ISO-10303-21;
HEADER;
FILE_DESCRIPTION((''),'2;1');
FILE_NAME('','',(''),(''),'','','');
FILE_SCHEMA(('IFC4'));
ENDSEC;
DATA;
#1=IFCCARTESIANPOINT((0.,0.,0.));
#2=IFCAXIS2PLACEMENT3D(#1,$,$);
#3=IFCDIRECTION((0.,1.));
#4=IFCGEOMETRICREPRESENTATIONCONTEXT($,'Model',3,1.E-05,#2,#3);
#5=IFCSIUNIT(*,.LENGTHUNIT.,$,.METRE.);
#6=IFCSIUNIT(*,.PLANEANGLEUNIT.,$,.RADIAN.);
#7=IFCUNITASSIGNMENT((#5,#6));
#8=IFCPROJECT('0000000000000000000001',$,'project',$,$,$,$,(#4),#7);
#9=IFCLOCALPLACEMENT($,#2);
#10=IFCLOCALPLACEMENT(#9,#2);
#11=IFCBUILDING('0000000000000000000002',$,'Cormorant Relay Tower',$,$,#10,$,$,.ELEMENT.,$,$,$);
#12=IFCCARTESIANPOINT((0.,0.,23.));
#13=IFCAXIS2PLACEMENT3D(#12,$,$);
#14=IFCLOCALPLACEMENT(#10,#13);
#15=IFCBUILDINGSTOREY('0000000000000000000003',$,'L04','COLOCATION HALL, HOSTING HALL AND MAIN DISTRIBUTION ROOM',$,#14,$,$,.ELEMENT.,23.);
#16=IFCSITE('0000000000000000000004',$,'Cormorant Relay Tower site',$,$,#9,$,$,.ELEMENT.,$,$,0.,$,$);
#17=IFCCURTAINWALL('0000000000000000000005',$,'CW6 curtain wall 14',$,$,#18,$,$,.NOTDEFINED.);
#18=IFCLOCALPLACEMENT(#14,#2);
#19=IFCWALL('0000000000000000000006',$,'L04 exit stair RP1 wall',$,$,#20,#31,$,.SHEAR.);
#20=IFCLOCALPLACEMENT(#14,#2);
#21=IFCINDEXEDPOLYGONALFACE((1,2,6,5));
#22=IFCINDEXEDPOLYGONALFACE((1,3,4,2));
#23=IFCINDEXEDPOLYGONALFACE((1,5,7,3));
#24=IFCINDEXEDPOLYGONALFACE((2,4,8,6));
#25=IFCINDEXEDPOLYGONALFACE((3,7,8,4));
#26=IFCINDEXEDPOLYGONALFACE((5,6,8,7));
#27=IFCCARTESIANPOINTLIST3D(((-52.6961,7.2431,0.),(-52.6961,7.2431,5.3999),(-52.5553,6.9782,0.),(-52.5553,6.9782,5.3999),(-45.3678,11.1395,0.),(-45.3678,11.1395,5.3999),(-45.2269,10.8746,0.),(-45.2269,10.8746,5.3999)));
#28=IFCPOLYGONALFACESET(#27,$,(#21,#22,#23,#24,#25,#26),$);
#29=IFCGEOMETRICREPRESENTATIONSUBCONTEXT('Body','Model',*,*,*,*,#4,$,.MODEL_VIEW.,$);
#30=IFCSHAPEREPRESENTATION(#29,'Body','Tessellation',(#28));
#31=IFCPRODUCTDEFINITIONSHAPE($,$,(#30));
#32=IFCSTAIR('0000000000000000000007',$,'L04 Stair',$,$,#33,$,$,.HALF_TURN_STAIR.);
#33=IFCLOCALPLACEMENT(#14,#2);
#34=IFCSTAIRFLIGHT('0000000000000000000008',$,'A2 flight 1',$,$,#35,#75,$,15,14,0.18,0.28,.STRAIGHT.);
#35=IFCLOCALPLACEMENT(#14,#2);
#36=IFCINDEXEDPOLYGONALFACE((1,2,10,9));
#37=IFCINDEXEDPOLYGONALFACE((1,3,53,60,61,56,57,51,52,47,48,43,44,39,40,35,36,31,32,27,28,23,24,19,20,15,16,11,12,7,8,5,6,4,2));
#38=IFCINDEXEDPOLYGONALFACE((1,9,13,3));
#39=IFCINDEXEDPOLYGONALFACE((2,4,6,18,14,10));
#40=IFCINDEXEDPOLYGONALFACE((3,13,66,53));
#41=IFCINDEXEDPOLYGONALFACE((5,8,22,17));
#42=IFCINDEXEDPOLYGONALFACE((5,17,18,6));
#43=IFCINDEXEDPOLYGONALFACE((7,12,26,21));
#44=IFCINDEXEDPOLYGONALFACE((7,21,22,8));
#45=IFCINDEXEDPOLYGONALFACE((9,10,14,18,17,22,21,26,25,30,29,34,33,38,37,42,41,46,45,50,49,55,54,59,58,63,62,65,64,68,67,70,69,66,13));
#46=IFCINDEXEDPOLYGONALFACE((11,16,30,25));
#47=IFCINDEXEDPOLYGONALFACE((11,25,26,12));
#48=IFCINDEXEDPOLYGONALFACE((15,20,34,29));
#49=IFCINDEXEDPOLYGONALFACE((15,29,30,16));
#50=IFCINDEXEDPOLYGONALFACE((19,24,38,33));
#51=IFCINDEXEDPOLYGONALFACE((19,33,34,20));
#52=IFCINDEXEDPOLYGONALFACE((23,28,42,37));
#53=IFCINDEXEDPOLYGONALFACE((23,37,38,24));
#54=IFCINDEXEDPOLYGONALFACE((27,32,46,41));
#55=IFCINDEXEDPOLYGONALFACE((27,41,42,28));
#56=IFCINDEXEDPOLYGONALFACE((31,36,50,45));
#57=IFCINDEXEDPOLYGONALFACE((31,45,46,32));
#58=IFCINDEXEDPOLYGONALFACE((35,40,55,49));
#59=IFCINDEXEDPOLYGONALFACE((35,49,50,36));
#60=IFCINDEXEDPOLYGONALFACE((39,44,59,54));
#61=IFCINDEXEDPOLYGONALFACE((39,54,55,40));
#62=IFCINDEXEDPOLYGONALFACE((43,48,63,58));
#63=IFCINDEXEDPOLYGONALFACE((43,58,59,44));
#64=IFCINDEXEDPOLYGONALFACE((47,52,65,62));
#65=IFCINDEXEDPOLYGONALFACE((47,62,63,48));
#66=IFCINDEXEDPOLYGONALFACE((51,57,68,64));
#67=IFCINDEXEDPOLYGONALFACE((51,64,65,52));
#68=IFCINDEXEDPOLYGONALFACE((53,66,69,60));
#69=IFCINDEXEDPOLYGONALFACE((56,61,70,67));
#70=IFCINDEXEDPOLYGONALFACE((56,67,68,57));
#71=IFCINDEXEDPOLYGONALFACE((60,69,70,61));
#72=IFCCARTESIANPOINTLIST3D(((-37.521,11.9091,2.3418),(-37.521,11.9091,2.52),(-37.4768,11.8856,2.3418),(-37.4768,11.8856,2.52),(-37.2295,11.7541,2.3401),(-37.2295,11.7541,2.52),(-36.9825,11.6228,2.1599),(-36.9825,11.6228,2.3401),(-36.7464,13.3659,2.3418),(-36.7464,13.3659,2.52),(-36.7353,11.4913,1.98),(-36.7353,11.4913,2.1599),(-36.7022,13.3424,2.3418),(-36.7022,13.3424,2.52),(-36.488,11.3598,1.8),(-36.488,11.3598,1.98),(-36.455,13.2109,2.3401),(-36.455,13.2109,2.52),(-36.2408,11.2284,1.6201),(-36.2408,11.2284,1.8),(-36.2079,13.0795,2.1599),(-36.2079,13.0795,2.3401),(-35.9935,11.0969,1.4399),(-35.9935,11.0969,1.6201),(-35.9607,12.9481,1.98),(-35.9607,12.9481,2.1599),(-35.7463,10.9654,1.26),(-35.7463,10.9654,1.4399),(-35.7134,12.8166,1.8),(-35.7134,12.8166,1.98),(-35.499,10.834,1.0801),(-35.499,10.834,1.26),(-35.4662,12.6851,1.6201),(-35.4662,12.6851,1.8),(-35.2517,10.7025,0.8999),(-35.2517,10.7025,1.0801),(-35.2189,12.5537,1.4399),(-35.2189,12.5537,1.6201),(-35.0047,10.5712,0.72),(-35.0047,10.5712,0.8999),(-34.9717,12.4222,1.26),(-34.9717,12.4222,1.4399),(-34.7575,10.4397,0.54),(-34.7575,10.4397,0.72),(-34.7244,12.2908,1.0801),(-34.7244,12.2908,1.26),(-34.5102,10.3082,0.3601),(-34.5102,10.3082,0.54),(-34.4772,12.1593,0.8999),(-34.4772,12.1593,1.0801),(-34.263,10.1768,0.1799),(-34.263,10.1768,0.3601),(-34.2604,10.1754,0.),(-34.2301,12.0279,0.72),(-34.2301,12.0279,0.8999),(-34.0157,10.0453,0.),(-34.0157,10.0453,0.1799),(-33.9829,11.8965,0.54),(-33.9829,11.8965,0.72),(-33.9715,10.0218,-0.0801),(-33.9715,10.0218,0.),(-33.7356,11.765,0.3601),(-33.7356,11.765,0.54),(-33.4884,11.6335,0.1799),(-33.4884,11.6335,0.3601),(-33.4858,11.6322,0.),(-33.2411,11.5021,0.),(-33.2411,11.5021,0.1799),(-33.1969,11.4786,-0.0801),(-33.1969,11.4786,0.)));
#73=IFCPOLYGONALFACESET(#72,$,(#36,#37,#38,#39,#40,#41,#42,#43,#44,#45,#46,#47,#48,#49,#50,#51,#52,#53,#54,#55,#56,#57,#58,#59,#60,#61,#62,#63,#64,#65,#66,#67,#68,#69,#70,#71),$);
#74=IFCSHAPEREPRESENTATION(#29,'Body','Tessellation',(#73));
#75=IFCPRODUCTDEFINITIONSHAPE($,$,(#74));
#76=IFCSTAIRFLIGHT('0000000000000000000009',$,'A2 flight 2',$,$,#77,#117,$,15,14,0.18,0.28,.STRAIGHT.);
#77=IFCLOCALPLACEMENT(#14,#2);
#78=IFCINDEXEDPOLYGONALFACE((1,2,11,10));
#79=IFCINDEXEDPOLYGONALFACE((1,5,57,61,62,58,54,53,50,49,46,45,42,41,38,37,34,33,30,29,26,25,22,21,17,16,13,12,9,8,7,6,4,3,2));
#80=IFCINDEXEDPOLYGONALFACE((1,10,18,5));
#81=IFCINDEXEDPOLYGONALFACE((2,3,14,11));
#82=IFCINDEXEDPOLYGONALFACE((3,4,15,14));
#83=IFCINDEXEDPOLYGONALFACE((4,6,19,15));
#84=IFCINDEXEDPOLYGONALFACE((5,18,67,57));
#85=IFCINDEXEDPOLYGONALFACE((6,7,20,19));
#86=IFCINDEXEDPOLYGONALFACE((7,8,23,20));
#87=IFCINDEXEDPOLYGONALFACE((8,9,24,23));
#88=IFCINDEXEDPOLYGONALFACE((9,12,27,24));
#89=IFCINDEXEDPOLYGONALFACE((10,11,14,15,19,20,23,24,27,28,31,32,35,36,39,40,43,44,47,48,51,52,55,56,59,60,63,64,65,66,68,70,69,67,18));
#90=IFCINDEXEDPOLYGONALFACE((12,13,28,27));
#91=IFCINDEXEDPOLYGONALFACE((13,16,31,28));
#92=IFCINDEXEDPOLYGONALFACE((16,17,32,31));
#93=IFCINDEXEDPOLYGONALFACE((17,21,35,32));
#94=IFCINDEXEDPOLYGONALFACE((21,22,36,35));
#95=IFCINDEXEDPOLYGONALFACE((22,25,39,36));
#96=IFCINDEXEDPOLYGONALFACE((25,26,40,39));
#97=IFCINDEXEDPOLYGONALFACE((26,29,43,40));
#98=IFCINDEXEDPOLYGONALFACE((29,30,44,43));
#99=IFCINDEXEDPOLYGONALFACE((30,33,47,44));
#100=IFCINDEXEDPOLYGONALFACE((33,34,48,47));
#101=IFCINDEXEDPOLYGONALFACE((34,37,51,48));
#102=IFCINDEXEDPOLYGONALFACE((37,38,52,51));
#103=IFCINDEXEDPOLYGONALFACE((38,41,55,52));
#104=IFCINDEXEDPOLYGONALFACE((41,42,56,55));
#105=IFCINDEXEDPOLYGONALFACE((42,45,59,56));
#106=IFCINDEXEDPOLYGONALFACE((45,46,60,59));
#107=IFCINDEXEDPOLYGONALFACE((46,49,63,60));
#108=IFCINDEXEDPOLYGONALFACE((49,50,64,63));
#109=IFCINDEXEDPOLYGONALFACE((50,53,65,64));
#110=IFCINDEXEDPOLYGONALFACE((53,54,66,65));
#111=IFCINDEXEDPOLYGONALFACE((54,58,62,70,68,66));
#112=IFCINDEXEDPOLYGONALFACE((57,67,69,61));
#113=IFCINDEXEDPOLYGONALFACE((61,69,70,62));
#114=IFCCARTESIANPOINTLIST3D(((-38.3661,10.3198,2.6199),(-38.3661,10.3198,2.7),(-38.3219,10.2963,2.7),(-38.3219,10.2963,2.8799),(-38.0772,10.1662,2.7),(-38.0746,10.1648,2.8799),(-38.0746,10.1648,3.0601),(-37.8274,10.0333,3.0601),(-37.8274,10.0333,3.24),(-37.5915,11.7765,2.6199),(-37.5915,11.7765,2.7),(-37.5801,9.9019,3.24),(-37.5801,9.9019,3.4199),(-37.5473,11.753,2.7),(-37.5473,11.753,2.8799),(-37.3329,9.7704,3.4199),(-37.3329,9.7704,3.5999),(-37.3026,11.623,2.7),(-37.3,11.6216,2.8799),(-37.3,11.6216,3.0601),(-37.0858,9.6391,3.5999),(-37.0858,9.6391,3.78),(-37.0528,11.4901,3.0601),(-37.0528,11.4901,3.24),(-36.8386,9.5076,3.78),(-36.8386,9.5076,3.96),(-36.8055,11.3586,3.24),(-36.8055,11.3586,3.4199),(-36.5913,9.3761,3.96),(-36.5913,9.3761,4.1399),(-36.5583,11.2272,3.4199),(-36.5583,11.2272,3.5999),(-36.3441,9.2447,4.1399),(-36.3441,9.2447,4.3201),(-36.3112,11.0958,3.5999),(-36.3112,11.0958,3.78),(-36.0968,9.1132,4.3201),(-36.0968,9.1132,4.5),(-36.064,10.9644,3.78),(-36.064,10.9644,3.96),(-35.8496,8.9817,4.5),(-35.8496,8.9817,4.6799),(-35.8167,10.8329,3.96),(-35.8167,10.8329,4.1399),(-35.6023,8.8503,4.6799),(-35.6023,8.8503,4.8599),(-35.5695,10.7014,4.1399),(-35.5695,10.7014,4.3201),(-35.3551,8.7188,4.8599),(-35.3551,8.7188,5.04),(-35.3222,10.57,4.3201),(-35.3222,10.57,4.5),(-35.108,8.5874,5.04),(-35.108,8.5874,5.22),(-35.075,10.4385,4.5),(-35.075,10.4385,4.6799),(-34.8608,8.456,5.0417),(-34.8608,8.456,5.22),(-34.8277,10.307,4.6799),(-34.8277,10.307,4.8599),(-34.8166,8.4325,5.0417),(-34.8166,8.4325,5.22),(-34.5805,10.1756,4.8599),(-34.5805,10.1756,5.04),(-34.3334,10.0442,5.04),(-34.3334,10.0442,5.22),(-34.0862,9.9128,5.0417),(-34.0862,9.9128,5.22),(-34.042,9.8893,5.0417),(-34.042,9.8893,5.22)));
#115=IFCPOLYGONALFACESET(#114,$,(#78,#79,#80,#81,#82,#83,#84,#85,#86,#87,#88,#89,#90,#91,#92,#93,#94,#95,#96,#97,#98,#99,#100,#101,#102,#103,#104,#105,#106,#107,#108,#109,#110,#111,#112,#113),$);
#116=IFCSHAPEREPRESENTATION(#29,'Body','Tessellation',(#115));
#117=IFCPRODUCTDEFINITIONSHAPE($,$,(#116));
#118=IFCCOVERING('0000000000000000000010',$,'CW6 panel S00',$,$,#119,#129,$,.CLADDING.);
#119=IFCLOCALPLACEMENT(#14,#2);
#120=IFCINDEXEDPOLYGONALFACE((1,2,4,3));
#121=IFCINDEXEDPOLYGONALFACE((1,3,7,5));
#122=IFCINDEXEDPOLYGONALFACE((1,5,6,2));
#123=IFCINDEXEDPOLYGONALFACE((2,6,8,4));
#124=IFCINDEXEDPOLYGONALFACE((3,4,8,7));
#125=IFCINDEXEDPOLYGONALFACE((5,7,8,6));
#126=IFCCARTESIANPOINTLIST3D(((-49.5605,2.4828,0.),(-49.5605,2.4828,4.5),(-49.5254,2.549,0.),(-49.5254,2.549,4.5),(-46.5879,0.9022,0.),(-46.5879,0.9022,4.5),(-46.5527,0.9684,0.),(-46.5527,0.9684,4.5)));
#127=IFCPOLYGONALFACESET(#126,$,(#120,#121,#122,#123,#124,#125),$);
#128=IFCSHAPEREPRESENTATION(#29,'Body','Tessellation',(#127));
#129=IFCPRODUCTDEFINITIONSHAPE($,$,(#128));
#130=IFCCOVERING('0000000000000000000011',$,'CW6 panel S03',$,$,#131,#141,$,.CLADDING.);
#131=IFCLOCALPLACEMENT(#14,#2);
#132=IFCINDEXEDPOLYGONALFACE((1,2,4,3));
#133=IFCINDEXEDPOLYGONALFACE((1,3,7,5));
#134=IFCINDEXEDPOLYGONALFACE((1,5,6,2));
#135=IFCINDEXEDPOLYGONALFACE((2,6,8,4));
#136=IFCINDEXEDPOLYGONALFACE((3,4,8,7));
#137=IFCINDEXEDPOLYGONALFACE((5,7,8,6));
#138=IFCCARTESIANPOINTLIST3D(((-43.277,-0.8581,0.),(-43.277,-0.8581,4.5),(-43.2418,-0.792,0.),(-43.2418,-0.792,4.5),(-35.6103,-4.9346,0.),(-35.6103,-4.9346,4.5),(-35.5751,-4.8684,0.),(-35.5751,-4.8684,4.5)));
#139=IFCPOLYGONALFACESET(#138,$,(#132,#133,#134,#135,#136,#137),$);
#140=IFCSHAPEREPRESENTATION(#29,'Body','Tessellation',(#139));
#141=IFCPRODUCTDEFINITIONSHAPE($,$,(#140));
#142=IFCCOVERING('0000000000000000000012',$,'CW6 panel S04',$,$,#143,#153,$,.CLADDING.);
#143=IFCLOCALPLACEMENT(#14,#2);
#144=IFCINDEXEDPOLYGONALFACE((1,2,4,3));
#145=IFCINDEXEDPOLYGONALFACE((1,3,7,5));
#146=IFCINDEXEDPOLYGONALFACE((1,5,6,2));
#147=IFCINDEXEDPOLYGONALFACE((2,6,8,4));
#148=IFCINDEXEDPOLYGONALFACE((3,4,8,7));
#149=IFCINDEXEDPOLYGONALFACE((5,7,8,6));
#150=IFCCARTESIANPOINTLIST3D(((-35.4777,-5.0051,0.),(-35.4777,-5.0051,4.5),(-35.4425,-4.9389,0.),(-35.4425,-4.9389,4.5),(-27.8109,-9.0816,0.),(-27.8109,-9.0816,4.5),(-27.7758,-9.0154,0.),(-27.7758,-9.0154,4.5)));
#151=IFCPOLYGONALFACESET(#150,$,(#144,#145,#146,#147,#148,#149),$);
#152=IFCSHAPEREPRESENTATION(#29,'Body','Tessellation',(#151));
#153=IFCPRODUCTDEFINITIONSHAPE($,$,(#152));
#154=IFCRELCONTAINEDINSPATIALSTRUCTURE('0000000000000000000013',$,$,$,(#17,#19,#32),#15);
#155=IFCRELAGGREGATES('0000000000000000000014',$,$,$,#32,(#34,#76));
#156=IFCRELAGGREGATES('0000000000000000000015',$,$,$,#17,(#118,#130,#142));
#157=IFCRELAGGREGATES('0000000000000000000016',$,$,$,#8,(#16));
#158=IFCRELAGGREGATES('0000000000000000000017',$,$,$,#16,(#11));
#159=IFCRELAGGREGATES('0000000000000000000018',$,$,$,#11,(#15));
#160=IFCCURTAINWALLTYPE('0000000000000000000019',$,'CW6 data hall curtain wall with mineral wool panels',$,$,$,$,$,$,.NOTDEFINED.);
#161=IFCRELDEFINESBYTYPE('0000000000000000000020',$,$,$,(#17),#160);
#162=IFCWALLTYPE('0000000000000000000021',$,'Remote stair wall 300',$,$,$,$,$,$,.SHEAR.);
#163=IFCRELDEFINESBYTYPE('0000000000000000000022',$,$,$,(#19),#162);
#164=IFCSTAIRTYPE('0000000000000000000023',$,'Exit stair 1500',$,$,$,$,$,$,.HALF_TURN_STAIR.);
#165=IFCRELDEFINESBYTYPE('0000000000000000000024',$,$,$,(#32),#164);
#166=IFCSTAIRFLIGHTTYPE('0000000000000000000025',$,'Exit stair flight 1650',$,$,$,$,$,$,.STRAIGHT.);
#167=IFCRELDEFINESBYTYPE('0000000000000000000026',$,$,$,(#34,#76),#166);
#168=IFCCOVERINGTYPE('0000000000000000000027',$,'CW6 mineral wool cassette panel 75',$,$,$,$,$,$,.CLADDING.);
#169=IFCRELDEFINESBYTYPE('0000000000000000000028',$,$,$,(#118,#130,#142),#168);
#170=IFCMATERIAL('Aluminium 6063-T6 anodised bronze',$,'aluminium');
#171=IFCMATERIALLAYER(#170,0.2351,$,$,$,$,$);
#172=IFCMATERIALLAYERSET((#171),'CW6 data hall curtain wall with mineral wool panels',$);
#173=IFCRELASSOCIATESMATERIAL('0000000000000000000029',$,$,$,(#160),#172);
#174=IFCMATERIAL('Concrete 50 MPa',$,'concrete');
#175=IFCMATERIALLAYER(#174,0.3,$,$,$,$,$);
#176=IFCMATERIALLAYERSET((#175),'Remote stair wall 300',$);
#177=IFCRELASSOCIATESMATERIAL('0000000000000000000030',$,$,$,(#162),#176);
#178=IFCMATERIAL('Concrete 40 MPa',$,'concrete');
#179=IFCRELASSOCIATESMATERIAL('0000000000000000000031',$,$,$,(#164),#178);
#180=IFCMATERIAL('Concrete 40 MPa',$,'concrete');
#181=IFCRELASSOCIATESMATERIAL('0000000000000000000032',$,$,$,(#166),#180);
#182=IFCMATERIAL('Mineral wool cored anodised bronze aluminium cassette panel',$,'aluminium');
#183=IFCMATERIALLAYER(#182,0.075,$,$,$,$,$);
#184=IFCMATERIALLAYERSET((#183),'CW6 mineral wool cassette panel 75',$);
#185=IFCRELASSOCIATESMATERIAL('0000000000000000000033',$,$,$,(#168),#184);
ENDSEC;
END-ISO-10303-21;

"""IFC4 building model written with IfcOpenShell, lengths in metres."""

from ifc_helpers import new_model, si_unit, direction, frame, frame_2d, origin, origin_2d, place, context, subcontext, project, spatial, polyline, rectangle, outline, extrude, material, layer, layer_set, type_object, element, aggregate, save


model = new_model("IFC4")

# Units and contexts
model_context = context("Model", 3, precision=1e-05, world=origin(), true_north=direction((0.0, 1.0)))
body_context = subcontext(model_context, "Body", "Model", "MODEL_VIEW")
ifc_project = project(units=[si_unit("LENGTHUNIT", "METRE"), si_unit("PLANEANGLEUNIT", "RADIAN")], contexts=[model_context])

# Site, building, storey
site_placement = place(None, origin())
site = spatial("IfcSite", under=ifc_project, at=site_placement, Name="Cormorant Relay Tower site", CompositionType="ELEMENT", RefElevation=0.0)
building_placement = place(site_placement, origin())
building = spatial("IfcBuilding", under=site, at=building_placement, Name="Cormorant Relay Tower", CompositionType="ELEMENT")
storey_placement = place(building_placement, frame((0.0, 0.0, 23.0)))
storey = spatial("IfcBuildingStorey", under=building, at=storey_placement, Name="L04", Description="COLOCATION HALL, HOSTING HALL AND MAIN DISTRIBUTION ROOM", CompositionType="ELEMENT", Elevation=23.0)

# Curtain wall
ifc_material_1 = material(Name="Aluminium 6063-T6 anodised bronze", Category="aluminium")
ifc_layer_1 = layer(ifc_material_1, 0.2351)
ifc_layer_set_1 = layer_set([ifc_layer_1], Name="CW6 data hall curtain wall with mineral wool panels")
curtain_wall_type = type_object("IfcCurtainWallType", Name="CW6 data hall curtain wall with mineral wool panels", PredefinedType="NOTDEFINED", material=ifc_layer_set_1)
curtain_wall_placement = place(storey_placement, origin())
curtain_wall = element("IfcCurtainWall", 1, at=curtain_wall_placement, inside=storey, type_object=curtain_wall_type, Name="CW6 curtain wall 14", PredefinedType="NOTDEFINED")

# Wall
ifc_material_2 = material(Name="Concrete 50 MPa", Category="concrete")
ifc_layer_2 = layer(ifc_material_2, 0.3)
ifc_layer_set_2 = layer_set([ifc_layer_2], Name="Remote stair wall 300")
wall_type_1 = type_object("IfcWallType", Name="Remote stair wall 300", PredefinedType="SHEAR", material=ifc_layer_set_2)
wall_1_placement = place(storey_placement, frame((-45.2974, 11.0071, 0.0), z_axis=(0.0, 0.0, 1.0), x_axis=(-0.882952, -0.469464, 0.0)))
element("IfcWall", 2, at=wall_1_placement, inside=storey, type_object=wall_type_1, Name="L04 exit stair RP1 wall", PredefinedType="SHEAR", context=body_context, shape_type="SweptSolid", body=[
    extrude(rectangle(XDim=8.2998, YDim=0.3, at=frame_2d((4.1499, 0.0))), origin(), (0.0, 0.0, 1.0), 5.3999),
])

# Stair, stair flights
ifc_material_3 = material(Name="Concrete 40 MPa", Category="concrete")
stair_type = type_object("IfcStairType", Name="Exit stair 1500", PredefinedType="HALF_TURN_STAIR", material=ifc_material_3)
stair_placement = place(storey_placement, origin())
stair = element("IfcStair", 3, at=stair_placement, inside=storey, type_object=stair_type, Name="L04 Stair", PredefinedType="HALF_TURN_STAIR")
ifc_material_4 = material(Name="Concrete 40 MPa", Category="concrete")
stair_flight_type = type_object("IfcStairFlightType", Name="Exit stair flight 1650", PredefinedType="STRAIGHT", material=ifc_material_4)
stair_flight_1_placement = place(storey_placement, frame((-33.6284, 10.7737, 0.0), z_axis=(0.0, 0.0, 1.0), x_axis=(-0.882948, 0.469472, 0.0)))
stair_flight_1 = element("IfcStairFlight", 4, at=stair_flight_1_placement, type_object=stair_flight_type, Name="A2 flight 1", NumberOfRisers=15, NumberOfTreads=14, PredefinedType="STRAIGHT", RiserHeight=0.18, TreadLength=0.28, context=body_context, shape_type="SweptSolid", body=[
    extrude(outline(polyline([(-0.05, -0.0801), (-0.05, 0.0), (0.0, 0.0), (0.0, 0.1799), (0.28, 0.1799), (0.28, 0.3601), (0.5601, 0.3601), (0.5601, 0.54), (0.8401, 0.54), (0.8401, 0.72), (1.1201, 0.72), (1.1201, 0.8999), (1.3999, 0.8999), (1.3999, 1.0801), (1.6799, 1.0801), (1.6799, 1.26), (1.96, 1.26), (1.96, 1.4399), (2.24, 1.4399), (2.24, 1.6201), (2.52, 1.6201), (2.52, 1.8), (2.8, 1.8), (2.8, 1.98), (3.0801, 1.98), (3.0801, 2.1599), (3.3601, 2.1599), (3.3601, 2.3401), (3.6399, 2.3401), (3.6399, 2.52), (3.9199, 2.52), (3.97, 2.52), (3.97, 2.3418), (3.9199, 2.3418), (0.2771, 0.0), (-0.05, -0.0801)])), frame((0.0, 0.825, 0.0), z_axis=(0.0, -1.0, 0.0), x_axis=(1.0, 0.0, 0.0)), (0.0, 0.0, 1.0), 1.6499),
])
stair_flight_2_placement = place(storey_placement, frame((-37.9346, 11.0247, 2.7), z_axis=(0.0, 0.0, 1.0), x_axis=(0.882948, -0.469472, 0.0)))
stair_flight_2 = element("IfcStairFlight", 5, at=stair_flight_2_placement, type_object=stair_flight_type, Name="A2 flight 2", NumberOfRisers=15, NumberOfTreads=14, PredefinedType="STRAIGHT", RiserHeight=0.18, TreadLength=0.28, context=body_context, shape_type="SweptSolid", body=[
    extrude(outline(polyline([(-0.05, -0.0801), (-0.05, 0.0), (0.0, 0.0), (0.0, 0.1799), (0.28, 0.1799), (0.28, 0.3601), (0.5601, 0.3601), (0.5601, 0.54), (0.8401, 0.54), (0.8401, 0.72), (1.1201, 0.72), (1.1201, 0.8999), (1.3999, 0.8999), (1.3999, 1.0801), (1.6799, 1.0801), (1.6799, 1.26), (1.96, 1.26), (1.96, 1.4399), (2.24, 1.4399), (2.24, 1.6201), (2.52, 1.6201), (2.52, 1.8), (2.8, 1.8), (2.8, 1.98), (3.0801, 1.98), (3.0801, 2.1599), (3.3601, 2.1599), (3.3601, 2.3401), (3.6399, 2.3401), (3.6399, 2.52), (3.9199, 2.52), (3.97, 2.52), (3.97, 2.3418), (3.9199, 2.3418), (0.2771, 0.0), (-0.05, -0.0801)])), frame((0.0, 0.825, 0.0), z_axis=(0.0, -1.0, 0.0), x_axis=(1.0, 0.0, 0.0)), (0.0, 0.0, 1.0), 1.6499),
])
aggregate(stair, [stair_flight_1, stair_flight_2])

# Coverings
ifc_material_5 = material(Name="Mineral wool cored anodised bronze aluminium cassette panel", Category="aluminium")
ifc_layer_3 = layer(ifc_material_5, 0.075)
ifc_layer_set_3 = layer_set([ifc_layer_3], Name="CW6 mineral wool cassette panel 75")
covering_type = type_object("IfcCoveringType", Name="CW6 mineral wool cassette panel 75", PredefinedType="CLADDING", material=ifc_layer_set_3)
covering_1_placement = place(storey_placement, frame((-48.0566, 1.7256, 0.0), z_axis=(0.0, 0.0, 1.0), x_axis=(0.882948, -0.469472, 0.0)))
covering_1 = element("IfcCovering", 6, at=covering_1_placement, type_object=covering_type, Name="CW6 panel S00", PredefinedType="CLADDING", context=body_context, shape_type="SweptSolid", body=[
    extrude(rectangle(XDim=3.3667, YDim=0.075, at=origin_2d()), origin(), (0.0, 0.0, 1.0), 4.5),
])
covering_2_placement = place(storey_placement, frame((-39.426, -2.8633, 0.0), z_axis=(0.0, 0.0, 1.0), x_axis=(0.882948, -0.469472, 0.0)))
covering_2 = element("IfcCovering", 7, at=covering_2_placement, type_object=covering_type, Name="CW6 panel S03", PredefinedType="CLADDING", context=body_context, shape_type="SweptSolid", body=[
    extrude(rectangle(XDim=8.6831, YDim=0.075, at=origin_2d()), origin(), (0.0, 0.0, 1.0), 4.5),
])
covering_3_placement = place(storey_placement, frame((-31.6267, -7.0103, 0.0), z_axis=(0.0, 0.0, 1.0), x_axis=(0.882948, -0.469472, 0.0)))
covering_3 = element("IfcCovering", 8, at=covering_3_placement, type_object=covering_type, Name="CW6 panel S04", PredefinedType="CLADDING", context=body_context, shape_type="SweptSolid", body=[
    extrude(rectangle(XDim=8.6831, YDim=0.075, at=origin_2d()), origin(), (0.0, 0.0, 1.0), 4.5),
])
aggregate(curtain_wall, [covering_1, covering_2, covering_3])

save(model, "model.ifc")
